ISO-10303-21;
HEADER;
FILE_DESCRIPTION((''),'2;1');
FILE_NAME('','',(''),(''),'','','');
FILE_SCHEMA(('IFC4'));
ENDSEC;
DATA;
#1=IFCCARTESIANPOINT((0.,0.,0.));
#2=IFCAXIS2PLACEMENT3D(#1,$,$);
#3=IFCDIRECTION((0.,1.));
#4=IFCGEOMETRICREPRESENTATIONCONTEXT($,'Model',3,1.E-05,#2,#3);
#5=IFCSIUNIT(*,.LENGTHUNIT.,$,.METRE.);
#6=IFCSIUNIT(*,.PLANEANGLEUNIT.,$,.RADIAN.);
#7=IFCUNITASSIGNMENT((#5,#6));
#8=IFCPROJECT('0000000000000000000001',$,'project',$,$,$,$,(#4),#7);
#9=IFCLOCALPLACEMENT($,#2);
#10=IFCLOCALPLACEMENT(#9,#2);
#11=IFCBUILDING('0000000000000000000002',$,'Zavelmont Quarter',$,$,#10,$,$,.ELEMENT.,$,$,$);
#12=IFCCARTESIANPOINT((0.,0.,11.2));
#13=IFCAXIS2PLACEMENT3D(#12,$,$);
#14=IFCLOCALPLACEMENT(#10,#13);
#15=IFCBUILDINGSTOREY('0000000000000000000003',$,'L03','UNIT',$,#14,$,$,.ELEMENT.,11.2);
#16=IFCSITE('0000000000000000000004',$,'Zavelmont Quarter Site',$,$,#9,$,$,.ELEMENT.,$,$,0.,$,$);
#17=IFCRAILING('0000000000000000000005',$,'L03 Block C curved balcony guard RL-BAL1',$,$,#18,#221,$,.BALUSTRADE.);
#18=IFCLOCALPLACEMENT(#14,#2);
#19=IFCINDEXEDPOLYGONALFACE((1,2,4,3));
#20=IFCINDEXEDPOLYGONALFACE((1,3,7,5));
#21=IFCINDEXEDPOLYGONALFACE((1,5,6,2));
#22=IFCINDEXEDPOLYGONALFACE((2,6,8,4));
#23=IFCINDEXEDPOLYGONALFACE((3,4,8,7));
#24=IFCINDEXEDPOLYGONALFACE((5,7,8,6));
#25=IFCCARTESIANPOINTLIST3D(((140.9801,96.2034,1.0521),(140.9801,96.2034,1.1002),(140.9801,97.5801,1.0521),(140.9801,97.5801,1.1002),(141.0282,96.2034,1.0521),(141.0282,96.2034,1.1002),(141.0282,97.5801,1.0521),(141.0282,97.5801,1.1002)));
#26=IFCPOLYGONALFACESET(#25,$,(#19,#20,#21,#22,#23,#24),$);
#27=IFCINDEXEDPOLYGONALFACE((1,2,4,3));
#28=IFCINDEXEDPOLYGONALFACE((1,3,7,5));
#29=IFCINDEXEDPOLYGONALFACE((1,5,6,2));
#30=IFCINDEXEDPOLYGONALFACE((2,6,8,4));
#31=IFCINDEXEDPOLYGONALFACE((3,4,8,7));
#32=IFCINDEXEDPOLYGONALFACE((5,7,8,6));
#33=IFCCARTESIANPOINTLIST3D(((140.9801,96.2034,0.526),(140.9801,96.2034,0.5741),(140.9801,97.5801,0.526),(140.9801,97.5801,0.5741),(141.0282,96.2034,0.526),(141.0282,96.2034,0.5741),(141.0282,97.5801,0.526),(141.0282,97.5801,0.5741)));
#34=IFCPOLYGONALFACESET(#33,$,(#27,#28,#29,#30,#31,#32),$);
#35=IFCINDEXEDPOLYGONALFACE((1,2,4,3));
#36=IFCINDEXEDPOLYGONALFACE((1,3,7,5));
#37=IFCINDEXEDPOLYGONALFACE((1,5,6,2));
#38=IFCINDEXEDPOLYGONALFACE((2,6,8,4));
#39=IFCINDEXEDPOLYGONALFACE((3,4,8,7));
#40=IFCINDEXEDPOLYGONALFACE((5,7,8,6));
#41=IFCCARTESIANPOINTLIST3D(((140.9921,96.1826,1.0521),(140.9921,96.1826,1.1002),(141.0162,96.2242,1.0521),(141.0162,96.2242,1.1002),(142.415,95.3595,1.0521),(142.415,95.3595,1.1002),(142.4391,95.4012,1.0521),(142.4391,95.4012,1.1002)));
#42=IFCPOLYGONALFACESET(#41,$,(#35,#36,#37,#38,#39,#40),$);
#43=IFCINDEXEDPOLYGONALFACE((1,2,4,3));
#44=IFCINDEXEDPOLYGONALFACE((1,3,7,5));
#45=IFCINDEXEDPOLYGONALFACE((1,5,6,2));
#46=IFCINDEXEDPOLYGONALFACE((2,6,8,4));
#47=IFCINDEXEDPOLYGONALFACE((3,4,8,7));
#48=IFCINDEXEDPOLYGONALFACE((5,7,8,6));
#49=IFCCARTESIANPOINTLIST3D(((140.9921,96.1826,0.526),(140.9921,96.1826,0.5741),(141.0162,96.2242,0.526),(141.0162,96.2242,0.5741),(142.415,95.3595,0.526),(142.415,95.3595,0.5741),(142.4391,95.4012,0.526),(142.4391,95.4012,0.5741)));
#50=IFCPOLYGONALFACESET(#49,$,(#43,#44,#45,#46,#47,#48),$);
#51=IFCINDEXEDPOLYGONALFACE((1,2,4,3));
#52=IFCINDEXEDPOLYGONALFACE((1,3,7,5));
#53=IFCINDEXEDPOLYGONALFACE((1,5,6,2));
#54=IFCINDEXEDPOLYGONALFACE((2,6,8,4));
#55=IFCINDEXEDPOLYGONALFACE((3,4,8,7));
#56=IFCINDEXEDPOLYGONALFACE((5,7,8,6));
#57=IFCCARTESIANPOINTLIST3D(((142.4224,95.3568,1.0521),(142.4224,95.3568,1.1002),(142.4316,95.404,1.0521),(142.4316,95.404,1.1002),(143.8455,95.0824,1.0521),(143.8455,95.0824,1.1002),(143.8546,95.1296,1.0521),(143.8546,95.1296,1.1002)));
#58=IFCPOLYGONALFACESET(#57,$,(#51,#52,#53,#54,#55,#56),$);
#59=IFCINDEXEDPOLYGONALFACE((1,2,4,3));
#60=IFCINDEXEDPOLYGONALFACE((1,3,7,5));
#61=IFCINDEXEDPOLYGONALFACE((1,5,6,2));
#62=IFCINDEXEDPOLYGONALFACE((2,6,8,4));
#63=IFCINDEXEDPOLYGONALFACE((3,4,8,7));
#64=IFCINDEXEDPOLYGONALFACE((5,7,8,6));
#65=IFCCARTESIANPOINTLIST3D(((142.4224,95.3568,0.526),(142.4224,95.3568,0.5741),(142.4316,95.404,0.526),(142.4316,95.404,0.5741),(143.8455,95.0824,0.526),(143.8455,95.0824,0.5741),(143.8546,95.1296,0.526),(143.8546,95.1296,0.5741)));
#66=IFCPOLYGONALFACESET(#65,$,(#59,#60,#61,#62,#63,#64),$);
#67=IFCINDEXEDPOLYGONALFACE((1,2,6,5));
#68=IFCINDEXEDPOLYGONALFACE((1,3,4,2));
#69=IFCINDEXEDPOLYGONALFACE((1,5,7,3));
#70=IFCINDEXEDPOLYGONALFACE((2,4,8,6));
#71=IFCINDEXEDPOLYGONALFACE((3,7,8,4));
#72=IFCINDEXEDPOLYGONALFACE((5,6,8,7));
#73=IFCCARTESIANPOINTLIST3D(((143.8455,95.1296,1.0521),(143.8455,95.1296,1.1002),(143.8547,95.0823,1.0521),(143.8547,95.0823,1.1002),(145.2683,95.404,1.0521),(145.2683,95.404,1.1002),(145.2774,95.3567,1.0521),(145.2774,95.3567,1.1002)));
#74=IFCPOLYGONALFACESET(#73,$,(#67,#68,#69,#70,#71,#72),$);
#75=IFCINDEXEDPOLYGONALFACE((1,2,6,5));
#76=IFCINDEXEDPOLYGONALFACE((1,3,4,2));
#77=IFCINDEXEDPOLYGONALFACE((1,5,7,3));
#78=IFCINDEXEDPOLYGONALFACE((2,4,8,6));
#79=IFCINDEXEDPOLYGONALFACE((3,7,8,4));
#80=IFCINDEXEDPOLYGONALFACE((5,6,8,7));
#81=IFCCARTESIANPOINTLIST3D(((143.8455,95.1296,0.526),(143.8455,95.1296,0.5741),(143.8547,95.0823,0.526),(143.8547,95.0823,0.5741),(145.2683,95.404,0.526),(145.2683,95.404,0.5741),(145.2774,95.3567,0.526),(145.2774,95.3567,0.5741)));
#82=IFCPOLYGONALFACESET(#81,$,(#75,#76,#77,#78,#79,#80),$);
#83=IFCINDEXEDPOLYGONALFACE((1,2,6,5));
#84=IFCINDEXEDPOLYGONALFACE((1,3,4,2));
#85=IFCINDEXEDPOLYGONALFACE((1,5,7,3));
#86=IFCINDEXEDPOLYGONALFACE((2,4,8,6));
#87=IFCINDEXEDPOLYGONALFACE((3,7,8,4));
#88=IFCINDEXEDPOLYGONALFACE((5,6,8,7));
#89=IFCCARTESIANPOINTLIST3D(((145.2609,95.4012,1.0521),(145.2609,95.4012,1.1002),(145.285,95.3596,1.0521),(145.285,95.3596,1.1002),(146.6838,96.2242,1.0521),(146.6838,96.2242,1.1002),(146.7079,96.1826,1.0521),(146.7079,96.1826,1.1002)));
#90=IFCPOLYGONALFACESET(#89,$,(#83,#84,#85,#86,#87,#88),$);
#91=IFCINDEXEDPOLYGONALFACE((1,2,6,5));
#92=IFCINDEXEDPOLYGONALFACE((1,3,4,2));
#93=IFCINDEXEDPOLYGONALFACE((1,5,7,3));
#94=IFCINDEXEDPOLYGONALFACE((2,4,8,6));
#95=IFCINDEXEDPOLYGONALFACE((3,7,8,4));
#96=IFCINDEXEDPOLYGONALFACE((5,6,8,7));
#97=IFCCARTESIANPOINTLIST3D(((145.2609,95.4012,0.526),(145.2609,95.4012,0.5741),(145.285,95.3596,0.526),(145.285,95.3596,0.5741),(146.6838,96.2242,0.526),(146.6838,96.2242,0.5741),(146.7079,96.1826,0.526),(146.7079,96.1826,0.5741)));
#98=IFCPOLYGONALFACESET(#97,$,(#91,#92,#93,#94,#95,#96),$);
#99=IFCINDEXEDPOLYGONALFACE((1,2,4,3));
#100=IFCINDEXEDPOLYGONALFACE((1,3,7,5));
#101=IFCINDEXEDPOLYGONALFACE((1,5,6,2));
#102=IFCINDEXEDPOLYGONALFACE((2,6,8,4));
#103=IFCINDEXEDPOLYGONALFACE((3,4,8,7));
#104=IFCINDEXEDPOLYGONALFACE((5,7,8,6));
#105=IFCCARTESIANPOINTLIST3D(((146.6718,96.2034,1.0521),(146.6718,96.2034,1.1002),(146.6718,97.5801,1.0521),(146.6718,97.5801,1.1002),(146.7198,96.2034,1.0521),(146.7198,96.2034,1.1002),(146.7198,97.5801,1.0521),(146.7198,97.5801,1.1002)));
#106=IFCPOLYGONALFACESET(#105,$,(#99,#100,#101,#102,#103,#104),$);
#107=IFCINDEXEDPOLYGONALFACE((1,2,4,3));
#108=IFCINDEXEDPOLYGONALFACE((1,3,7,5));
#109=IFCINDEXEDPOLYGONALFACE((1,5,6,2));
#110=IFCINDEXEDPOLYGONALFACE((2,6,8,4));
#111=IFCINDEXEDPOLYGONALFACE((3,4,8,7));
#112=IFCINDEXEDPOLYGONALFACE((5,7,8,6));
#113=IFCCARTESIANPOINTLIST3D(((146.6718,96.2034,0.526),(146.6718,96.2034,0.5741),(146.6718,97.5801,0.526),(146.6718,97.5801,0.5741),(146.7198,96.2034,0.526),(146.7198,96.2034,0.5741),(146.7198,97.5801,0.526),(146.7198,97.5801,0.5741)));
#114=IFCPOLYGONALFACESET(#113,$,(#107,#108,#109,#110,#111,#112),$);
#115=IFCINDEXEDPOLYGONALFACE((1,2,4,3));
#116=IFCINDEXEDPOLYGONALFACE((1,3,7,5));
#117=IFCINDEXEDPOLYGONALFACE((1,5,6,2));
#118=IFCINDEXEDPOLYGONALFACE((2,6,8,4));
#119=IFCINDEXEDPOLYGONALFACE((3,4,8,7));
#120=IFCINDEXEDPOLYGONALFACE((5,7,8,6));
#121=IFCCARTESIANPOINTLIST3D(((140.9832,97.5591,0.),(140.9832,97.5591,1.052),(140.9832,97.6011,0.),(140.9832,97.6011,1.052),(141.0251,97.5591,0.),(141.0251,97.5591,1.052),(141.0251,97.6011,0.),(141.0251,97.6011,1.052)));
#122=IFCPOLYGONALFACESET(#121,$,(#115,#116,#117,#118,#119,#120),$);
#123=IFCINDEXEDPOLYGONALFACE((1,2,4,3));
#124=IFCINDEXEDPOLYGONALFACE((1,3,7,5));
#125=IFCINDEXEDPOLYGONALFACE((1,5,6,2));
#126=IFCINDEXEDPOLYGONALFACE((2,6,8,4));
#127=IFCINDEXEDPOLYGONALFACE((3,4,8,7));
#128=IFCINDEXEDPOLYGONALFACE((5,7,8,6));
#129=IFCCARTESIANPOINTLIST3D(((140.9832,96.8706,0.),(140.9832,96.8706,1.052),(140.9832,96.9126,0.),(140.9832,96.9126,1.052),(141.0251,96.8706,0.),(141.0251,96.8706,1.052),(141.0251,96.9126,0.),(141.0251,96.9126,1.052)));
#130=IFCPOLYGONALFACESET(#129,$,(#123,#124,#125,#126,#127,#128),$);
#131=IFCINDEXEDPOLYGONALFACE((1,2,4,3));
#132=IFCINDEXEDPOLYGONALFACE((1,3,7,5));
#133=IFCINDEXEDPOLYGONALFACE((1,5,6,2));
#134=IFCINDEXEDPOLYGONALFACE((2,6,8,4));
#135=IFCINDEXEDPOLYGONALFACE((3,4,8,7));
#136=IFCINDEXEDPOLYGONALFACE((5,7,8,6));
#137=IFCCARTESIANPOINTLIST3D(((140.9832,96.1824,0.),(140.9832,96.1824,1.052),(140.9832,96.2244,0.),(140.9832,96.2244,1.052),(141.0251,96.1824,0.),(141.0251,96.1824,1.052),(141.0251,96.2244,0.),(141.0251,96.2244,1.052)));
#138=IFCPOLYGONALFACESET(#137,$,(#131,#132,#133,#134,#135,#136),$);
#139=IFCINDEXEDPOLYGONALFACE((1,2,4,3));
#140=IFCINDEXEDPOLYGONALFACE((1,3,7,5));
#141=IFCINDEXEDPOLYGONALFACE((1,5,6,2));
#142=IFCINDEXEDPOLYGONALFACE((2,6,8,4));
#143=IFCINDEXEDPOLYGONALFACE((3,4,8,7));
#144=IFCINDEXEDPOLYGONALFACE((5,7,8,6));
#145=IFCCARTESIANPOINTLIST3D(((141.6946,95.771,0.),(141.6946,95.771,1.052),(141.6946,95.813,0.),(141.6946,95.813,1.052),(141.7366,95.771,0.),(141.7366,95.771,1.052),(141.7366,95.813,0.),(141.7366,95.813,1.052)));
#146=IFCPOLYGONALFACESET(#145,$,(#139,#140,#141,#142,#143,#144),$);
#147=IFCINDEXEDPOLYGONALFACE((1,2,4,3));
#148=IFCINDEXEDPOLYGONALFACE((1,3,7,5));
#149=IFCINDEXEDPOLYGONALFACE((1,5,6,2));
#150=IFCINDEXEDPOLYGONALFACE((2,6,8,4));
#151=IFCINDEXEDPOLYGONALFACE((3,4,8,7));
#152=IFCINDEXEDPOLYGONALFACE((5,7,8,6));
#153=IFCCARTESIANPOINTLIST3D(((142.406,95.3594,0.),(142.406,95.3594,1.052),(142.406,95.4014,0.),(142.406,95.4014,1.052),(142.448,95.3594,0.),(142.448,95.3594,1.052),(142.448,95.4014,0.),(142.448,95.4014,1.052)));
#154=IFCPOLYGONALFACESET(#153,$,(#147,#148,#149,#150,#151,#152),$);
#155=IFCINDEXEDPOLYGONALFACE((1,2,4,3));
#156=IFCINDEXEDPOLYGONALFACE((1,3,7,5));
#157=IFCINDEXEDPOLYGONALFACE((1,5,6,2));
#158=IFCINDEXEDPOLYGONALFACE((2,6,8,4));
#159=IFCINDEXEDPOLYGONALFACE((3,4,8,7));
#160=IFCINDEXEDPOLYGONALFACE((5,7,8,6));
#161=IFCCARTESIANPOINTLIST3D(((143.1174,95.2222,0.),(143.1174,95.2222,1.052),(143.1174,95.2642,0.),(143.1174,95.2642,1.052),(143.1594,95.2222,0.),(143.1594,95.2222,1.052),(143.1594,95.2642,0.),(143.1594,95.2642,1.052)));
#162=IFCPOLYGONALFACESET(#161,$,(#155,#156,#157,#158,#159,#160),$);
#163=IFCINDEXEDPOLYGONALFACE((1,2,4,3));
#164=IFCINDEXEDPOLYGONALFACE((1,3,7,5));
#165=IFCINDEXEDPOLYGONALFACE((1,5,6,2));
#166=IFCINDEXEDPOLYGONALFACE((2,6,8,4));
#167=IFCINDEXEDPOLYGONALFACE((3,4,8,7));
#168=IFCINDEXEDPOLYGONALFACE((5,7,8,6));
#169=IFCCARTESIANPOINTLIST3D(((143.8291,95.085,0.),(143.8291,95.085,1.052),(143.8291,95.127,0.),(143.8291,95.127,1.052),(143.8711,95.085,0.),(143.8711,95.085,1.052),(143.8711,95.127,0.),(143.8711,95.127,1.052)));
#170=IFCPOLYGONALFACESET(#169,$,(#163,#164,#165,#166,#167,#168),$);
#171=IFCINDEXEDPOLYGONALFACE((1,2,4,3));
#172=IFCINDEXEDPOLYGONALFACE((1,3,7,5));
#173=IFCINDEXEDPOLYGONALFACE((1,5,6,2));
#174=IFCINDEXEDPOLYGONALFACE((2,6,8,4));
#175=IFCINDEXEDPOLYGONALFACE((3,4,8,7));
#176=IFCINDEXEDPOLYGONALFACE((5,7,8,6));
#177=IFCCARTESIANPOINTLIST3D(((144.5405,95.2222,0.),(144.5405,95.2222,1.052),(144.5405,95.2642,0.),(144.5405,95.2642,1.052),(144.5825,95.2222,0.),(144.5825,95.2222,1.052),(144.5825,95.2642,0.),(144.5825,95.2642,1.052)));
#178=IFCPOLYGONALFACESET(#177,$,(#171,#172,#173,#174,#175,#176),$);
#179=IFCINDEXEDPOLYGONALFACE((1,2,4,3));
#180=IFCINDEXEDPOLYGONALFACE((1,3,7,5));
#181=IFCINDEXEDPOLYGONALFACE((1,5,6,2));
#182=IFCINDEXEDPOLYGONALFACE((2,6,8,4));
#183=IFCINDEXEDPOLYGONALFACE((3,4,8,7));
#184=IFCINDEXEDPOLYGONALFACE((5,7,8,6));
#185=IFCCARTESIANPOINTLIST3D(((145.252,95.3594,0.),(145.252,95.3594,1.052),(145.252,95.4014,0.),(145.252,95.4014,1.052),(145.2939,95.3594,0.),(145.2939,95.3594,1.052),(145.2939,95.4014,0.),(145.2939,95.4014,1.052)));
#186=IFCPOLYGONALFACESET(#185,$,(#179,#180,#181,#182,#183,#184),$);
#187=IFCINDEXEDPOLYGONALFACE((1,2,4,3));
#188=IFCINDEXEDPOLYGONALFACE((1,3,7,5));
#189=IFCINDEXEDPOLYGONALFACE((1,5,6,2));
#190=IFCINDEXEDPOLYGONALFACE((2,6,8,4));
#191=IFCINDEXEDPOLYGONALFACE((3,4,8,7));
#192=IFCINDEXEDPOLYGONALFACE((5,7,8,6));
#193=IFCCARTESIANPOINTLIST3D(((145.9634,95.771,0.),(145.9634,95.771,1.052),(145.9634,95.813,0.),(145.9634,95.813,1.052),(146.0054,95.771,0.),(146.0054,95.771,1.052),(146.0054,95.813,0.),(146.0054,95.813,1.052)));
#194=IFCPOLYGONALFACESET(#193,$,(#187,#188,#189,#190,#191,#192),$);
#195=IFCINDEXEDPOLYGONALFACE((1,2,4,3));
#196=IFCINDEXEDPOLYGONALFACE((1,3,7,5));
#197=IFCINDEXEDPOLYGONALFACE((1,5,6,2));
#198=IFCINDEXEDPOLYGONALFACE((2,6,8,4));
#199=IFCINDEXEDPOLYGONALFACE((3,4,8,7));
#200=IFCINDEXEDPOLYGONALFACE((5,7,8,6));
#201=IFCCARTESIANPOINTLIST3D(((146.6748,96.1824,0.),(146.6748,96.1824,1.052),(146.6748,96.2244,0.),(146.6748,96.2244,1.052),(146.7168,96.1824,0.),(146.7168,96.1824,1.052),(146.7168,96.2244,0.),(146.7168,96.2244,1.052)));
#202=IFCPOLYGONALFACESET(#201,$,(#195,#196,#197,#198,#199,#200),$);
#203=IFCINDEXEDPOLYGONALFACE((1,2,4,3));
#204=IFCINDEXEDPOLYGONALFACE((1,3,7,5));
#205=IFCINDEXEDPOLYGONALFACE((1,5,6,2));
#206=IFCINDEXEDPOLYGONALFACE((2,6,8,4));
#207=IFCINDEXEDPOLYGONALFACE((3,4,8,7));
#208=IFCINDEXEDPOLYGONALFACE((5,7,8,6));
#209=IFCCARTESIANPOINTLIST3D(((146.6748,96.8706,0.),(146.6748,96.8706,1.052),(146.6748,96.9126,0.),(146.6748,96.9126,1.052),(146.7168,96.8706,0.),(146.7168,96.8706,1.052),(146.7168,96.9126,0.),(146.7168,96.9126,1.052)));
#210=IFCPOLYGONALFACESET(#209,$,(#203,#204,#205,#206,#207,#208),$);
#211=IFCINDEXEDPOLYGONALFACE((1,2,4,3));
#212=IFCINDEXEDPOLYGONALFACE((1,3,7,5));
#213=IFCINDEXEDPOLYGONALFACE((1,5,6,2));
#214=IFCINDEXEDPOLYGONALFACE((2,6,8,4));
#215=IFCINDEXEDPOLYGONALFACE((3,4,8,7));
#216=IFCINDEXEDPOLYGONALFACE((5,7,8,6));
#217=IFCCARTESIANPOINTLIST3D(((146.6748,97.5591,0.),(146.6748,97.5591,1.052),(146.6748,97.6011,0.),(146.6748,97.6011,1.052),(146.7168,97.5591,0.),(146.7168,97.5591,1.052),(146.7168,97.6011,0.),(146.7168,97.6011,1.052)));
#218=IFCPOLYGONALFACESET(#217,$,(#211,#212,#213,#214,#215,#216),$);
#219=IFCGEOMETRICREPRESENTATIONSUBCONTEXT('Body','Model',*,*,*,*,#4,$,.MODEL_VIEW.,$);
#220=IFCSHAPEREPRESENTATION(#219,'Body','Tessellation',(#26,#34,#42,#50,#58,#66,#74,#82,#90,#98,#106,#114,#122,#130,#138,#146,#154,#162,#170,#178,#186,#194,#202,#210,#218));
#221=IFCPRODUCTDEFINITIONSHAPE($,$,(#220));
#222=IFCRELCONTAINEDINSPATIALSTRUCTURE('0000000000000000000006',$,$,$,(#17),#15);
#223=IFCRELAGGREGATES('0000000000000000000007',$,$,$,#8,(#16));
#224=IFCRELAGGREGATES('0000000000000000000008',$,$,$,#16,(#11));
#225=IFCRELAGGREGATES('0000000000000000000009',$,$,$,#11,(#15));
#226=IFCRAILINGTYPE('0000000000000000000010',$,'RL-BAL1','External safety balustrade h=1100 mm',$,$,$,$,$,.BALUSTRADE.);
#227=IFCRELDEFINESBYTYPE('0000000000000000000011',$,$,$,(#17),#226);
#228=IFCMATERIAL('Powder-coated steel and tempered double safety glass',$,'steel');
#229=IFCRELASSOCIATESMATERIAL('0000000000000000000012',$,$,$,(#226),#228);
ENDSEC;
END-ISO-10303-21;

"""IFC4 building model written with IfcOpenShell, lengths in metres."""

from ifc_helpers import new_model, si_unit, direction, frame, origin, origin_2d, place, context, subcontext, project, spatial, rectangle, extrude, material, type_object, element, save


model = new_model("IFC4")

# Units and contexts
model_context = context("Model", 3, precision=1e-05, world=origin(), true_north=direction((0.0, 1.0)))
body_context = subcontext(model_context, "Body", "Model", "MODEL_VIEW")
ifc_project = project(units=[si_unit("LENGTHUNIT", "METRE"), si_unit("PLANEANGLEUNIT", "RADIAN")], contexts=[model_context])

# Site, building, storey
site_placement = place(None, origin())
site = spatial("IfcSite", under=ifc_project, at=site_placement, Name="Zavelmont Quarter Site", CompositionType="ELEMENT", RefElevation=0.0)
building_placement = place(site_placement, origin())
building = spatial("IfcBuilding", under=site, at=building_placement, Name="Zavelmont Quarter", CompositionType="ELEMENT")
storey_placement = place(building_placement, frame((0.0, 0.0, 11.2)))
storey = spatial("IfcBuildingStorey", under=building, at=storey_placement, Name="L03", Description="UNIT", CompositionType="ELEMENT", Elevation=11.2)

# Railing
ifc_material_1 = material(Name="Powder-coated steel and tempered double safety glass", Category="steel")
railing_type = type_object("IfcRailingType", Name="RL-BAL1", Description="External safety balustrade h=1100 mm", PredefinedType="BALUSTRADE", material=ifc_material_1)
railing_placement = place(storey_placement, frame((141.0042, 97.5801, 0.0)))
element("IfcRailing", 1, at=railing_placement, inside=storey, type_object=railing_type, Name="L03 Block C curved balcony guard RL-BAL1", PredefinedType="BALUSTRADE", context=body_context, shape_type="SweptSolid", body=[
    extrude(rectangle(XDim=0.0481, YDim=0.0481, at=origin_2d()), frame((0.0, 0.0, 1.0762), z_axis=(0.0, -1.0, 0.0), x_axis=(1.0, 0.0, 0.0)), (0.0, 0.0, 1.0), 1.3767),
    extrude(rectangle(XDim=0.0481, YDim=0.0481, at=origin_2d()), frame((0.0, 0.0, 0.55), z_axis=(0.0, -1.0, 0.0), x_axis=(1.0, 0.0, 0.0)), (0.0, 0.0, 1.0), 1.3767),
    extrude(rectangle(XDim=0.0481, YDim=0.0481, at=origin_2d()), frame((0.0, -1.3767, 1.0762), z_axis=(0.865626, -0.500691, 0.0), x_axis=(0.500691, 0.865626, 0.0)), (0.0, 0.0, 1.0), 1.6438),
    extrude(rectangle(XDim=0.0481, YDim=0.0481, at=origin_2d()), frame((0.0, -1.3767, 0.55), z_axis=(0.865626, -0.500691, 0.0), x_axis=(0.500691, 0.865626, 0.0)), (0.0, 0.0, 1.0), 1.6438),
    extrude(rectangle(XDim=0.0481, YDim=0.0481, at=origin_2d()), frame((1.4229, -2.1997, 1.0762), z_axis=(0.981911, -0.189341, 0.0), x_axis=(0.189341, 0.981911, 0.0)), (0.0, 0.0, 1.0), 1.4492),
    extrude(rectangle(XDim=0.0481, YDim=0.0481, at=origin_2d()), frame((1.4229, -2.1997, 0.55), z_axis=(0.981911, -0.189341, 0.0), x_axis=(0.189341, 0.981911, 0.0)), (0.0, 0.0, 1.0), 1.4492),
    extrude(rectangle(XDim=0.0481, YDim=0.0481, at=origin_2d()), frame((2.8459, -2.4741, 1.0762), z_axis=(0.981905, 0.189372, 0.0), x_axis=(-0.189372, 0.981905, 0.0)), (0.0, 0.0, 1.0), 1.449),
    extrude(rectangle(XDim=0.0481, YDim=0.0481, at=origin_2d()), frame((2.8459, -2.4741, 0.55), z_axis=(0.981905, 0.189372, 0.0), x_axis=(-0.189372, 0.981905, 0.0)), (0.0, 0.0, 1.0), 1.449),
    extrude(rectangle(XDim=0.0481, YDim=0.0481, at=origin_2d()), frame((4.2688, -2.1997, 1.0762), z_axis=(0.865626, 0.500691, 0.0), x_axis=(-0.500691, 0.865626, 0.0)), (0.0, 0.0, 1.0), 1.6438),
    extrude(rectangle(XDim=0.0481, YDim=0.0481, at=origin_2d()), frame((4.2688, -2.1997, 0.55), z_axis=(0.865626, 0.500691, 0.0), x_axis=(-0.500691, 0.865626, 0.0)), (0.0, 0.0, 1.0), 1.6438),
    extrude(rectangle(XDim=0.0481, YDim=0.0481, at=origin_2d()), frame((5.6917, -1.3767, 1.0762), z_axis=(0.0, 1.0, 0.0), x_axis=(-1.0, 0.0, 0.0)), (0.0, 0.0, 1.0), 1.3767),
    extrude(rectangle(XDim=0.0481, YDim=0.0481, at=origin_2d()), frame((5.6917, -1.3767, 0.55), z_axis=(0.0, 1.0, 0.0), x_axis=(-1.0, 0.0, 0.0)), (0.0, 0.0, 1.0), 1.3767),
    extrude(rectangle(XDim=0.042, YDim=0.042, at=origin_2d()), origin(), (0.0, 0.0, 1.0), 1.052),
    extrude(rectangle(XDim=0.042, YDim=0.042, at=origin_2d()), frame((0.0, -0.6885, 0.0)), (0.0, 0.0, 1.0), 1.052),
    extrude(rectangle(XDim=0.042, YDim=0.042, at=origin_2d()), frame((0.0, -1.3767, 0.0)), (0.0, 0.0, 1.0), 1.052),
    extrude(rectangle(XDim=0.042, YDim=0.042, at=origin_2d()), frame((0.7114, -1.7881, 0.0)), (0.0, 0.0, 1.0), 1.052),
    extrude(rectangle(XDim=0.042, YDim=0.042, at=origin_2d()), frame((1.4229, -2.1997, 0.0)), (0.0, 0.0, 1.0), 1.052),
    extrude(rectangle(XDim=0.042, YDim=0.042, at=origin_2d()), frame((2.1343, -2.3369, 0.0)), (0.0, 0.0, 1.0), 1.052),
    extrude(rectangle(XDim=0.042, YDim=0.042, at=origin_2d()), frame((2.8459, -2.4741, 0.0)), (0.0, 0.0, 1.0), 1.052),
    extrude(rectangle(XDim=0.042, YDim=0.042, at=origin_2d()), frame((3.5574, -2.3369, 0.0)), (0.0, 0.0, 1.0), 1.052),
    extrude(rectangle(XDim=0.042, YDim=0.042, at=origin_2d()), frame((4.2688, -2.1997, 0.0)), (0.0, 0.0, 1.0), 1.052),
    extrude(rectangle(XDim=0.042, YDim=0.042, at=origin_2d()), frame((4.9802, -1.7881, 0.0)), (0.0, 0.0, 1.0), 1.052),
    extrude(rectangle(XDim=0.042, YDim=0.042, at=origin_2d()), frame((5.6917, -1.3767, 0.0)), (0.0, 0.0, 1.0), 1.052),
    extrude(rectangle(XDim=0.042, YDim=0.042, at=origin_2d()), frame((5.6917, -0.6885, 0.0)), (0.0, 0.0, 1.0), 1.052),
    extrude(rectangle(XDim=0.042, YDim=0.042, at=origin_2d()), frame((5.6917, 0.0, 0.0)), (0.0, 0.0, 1.0), 1.052),
])

save(model, "model.ifc")
